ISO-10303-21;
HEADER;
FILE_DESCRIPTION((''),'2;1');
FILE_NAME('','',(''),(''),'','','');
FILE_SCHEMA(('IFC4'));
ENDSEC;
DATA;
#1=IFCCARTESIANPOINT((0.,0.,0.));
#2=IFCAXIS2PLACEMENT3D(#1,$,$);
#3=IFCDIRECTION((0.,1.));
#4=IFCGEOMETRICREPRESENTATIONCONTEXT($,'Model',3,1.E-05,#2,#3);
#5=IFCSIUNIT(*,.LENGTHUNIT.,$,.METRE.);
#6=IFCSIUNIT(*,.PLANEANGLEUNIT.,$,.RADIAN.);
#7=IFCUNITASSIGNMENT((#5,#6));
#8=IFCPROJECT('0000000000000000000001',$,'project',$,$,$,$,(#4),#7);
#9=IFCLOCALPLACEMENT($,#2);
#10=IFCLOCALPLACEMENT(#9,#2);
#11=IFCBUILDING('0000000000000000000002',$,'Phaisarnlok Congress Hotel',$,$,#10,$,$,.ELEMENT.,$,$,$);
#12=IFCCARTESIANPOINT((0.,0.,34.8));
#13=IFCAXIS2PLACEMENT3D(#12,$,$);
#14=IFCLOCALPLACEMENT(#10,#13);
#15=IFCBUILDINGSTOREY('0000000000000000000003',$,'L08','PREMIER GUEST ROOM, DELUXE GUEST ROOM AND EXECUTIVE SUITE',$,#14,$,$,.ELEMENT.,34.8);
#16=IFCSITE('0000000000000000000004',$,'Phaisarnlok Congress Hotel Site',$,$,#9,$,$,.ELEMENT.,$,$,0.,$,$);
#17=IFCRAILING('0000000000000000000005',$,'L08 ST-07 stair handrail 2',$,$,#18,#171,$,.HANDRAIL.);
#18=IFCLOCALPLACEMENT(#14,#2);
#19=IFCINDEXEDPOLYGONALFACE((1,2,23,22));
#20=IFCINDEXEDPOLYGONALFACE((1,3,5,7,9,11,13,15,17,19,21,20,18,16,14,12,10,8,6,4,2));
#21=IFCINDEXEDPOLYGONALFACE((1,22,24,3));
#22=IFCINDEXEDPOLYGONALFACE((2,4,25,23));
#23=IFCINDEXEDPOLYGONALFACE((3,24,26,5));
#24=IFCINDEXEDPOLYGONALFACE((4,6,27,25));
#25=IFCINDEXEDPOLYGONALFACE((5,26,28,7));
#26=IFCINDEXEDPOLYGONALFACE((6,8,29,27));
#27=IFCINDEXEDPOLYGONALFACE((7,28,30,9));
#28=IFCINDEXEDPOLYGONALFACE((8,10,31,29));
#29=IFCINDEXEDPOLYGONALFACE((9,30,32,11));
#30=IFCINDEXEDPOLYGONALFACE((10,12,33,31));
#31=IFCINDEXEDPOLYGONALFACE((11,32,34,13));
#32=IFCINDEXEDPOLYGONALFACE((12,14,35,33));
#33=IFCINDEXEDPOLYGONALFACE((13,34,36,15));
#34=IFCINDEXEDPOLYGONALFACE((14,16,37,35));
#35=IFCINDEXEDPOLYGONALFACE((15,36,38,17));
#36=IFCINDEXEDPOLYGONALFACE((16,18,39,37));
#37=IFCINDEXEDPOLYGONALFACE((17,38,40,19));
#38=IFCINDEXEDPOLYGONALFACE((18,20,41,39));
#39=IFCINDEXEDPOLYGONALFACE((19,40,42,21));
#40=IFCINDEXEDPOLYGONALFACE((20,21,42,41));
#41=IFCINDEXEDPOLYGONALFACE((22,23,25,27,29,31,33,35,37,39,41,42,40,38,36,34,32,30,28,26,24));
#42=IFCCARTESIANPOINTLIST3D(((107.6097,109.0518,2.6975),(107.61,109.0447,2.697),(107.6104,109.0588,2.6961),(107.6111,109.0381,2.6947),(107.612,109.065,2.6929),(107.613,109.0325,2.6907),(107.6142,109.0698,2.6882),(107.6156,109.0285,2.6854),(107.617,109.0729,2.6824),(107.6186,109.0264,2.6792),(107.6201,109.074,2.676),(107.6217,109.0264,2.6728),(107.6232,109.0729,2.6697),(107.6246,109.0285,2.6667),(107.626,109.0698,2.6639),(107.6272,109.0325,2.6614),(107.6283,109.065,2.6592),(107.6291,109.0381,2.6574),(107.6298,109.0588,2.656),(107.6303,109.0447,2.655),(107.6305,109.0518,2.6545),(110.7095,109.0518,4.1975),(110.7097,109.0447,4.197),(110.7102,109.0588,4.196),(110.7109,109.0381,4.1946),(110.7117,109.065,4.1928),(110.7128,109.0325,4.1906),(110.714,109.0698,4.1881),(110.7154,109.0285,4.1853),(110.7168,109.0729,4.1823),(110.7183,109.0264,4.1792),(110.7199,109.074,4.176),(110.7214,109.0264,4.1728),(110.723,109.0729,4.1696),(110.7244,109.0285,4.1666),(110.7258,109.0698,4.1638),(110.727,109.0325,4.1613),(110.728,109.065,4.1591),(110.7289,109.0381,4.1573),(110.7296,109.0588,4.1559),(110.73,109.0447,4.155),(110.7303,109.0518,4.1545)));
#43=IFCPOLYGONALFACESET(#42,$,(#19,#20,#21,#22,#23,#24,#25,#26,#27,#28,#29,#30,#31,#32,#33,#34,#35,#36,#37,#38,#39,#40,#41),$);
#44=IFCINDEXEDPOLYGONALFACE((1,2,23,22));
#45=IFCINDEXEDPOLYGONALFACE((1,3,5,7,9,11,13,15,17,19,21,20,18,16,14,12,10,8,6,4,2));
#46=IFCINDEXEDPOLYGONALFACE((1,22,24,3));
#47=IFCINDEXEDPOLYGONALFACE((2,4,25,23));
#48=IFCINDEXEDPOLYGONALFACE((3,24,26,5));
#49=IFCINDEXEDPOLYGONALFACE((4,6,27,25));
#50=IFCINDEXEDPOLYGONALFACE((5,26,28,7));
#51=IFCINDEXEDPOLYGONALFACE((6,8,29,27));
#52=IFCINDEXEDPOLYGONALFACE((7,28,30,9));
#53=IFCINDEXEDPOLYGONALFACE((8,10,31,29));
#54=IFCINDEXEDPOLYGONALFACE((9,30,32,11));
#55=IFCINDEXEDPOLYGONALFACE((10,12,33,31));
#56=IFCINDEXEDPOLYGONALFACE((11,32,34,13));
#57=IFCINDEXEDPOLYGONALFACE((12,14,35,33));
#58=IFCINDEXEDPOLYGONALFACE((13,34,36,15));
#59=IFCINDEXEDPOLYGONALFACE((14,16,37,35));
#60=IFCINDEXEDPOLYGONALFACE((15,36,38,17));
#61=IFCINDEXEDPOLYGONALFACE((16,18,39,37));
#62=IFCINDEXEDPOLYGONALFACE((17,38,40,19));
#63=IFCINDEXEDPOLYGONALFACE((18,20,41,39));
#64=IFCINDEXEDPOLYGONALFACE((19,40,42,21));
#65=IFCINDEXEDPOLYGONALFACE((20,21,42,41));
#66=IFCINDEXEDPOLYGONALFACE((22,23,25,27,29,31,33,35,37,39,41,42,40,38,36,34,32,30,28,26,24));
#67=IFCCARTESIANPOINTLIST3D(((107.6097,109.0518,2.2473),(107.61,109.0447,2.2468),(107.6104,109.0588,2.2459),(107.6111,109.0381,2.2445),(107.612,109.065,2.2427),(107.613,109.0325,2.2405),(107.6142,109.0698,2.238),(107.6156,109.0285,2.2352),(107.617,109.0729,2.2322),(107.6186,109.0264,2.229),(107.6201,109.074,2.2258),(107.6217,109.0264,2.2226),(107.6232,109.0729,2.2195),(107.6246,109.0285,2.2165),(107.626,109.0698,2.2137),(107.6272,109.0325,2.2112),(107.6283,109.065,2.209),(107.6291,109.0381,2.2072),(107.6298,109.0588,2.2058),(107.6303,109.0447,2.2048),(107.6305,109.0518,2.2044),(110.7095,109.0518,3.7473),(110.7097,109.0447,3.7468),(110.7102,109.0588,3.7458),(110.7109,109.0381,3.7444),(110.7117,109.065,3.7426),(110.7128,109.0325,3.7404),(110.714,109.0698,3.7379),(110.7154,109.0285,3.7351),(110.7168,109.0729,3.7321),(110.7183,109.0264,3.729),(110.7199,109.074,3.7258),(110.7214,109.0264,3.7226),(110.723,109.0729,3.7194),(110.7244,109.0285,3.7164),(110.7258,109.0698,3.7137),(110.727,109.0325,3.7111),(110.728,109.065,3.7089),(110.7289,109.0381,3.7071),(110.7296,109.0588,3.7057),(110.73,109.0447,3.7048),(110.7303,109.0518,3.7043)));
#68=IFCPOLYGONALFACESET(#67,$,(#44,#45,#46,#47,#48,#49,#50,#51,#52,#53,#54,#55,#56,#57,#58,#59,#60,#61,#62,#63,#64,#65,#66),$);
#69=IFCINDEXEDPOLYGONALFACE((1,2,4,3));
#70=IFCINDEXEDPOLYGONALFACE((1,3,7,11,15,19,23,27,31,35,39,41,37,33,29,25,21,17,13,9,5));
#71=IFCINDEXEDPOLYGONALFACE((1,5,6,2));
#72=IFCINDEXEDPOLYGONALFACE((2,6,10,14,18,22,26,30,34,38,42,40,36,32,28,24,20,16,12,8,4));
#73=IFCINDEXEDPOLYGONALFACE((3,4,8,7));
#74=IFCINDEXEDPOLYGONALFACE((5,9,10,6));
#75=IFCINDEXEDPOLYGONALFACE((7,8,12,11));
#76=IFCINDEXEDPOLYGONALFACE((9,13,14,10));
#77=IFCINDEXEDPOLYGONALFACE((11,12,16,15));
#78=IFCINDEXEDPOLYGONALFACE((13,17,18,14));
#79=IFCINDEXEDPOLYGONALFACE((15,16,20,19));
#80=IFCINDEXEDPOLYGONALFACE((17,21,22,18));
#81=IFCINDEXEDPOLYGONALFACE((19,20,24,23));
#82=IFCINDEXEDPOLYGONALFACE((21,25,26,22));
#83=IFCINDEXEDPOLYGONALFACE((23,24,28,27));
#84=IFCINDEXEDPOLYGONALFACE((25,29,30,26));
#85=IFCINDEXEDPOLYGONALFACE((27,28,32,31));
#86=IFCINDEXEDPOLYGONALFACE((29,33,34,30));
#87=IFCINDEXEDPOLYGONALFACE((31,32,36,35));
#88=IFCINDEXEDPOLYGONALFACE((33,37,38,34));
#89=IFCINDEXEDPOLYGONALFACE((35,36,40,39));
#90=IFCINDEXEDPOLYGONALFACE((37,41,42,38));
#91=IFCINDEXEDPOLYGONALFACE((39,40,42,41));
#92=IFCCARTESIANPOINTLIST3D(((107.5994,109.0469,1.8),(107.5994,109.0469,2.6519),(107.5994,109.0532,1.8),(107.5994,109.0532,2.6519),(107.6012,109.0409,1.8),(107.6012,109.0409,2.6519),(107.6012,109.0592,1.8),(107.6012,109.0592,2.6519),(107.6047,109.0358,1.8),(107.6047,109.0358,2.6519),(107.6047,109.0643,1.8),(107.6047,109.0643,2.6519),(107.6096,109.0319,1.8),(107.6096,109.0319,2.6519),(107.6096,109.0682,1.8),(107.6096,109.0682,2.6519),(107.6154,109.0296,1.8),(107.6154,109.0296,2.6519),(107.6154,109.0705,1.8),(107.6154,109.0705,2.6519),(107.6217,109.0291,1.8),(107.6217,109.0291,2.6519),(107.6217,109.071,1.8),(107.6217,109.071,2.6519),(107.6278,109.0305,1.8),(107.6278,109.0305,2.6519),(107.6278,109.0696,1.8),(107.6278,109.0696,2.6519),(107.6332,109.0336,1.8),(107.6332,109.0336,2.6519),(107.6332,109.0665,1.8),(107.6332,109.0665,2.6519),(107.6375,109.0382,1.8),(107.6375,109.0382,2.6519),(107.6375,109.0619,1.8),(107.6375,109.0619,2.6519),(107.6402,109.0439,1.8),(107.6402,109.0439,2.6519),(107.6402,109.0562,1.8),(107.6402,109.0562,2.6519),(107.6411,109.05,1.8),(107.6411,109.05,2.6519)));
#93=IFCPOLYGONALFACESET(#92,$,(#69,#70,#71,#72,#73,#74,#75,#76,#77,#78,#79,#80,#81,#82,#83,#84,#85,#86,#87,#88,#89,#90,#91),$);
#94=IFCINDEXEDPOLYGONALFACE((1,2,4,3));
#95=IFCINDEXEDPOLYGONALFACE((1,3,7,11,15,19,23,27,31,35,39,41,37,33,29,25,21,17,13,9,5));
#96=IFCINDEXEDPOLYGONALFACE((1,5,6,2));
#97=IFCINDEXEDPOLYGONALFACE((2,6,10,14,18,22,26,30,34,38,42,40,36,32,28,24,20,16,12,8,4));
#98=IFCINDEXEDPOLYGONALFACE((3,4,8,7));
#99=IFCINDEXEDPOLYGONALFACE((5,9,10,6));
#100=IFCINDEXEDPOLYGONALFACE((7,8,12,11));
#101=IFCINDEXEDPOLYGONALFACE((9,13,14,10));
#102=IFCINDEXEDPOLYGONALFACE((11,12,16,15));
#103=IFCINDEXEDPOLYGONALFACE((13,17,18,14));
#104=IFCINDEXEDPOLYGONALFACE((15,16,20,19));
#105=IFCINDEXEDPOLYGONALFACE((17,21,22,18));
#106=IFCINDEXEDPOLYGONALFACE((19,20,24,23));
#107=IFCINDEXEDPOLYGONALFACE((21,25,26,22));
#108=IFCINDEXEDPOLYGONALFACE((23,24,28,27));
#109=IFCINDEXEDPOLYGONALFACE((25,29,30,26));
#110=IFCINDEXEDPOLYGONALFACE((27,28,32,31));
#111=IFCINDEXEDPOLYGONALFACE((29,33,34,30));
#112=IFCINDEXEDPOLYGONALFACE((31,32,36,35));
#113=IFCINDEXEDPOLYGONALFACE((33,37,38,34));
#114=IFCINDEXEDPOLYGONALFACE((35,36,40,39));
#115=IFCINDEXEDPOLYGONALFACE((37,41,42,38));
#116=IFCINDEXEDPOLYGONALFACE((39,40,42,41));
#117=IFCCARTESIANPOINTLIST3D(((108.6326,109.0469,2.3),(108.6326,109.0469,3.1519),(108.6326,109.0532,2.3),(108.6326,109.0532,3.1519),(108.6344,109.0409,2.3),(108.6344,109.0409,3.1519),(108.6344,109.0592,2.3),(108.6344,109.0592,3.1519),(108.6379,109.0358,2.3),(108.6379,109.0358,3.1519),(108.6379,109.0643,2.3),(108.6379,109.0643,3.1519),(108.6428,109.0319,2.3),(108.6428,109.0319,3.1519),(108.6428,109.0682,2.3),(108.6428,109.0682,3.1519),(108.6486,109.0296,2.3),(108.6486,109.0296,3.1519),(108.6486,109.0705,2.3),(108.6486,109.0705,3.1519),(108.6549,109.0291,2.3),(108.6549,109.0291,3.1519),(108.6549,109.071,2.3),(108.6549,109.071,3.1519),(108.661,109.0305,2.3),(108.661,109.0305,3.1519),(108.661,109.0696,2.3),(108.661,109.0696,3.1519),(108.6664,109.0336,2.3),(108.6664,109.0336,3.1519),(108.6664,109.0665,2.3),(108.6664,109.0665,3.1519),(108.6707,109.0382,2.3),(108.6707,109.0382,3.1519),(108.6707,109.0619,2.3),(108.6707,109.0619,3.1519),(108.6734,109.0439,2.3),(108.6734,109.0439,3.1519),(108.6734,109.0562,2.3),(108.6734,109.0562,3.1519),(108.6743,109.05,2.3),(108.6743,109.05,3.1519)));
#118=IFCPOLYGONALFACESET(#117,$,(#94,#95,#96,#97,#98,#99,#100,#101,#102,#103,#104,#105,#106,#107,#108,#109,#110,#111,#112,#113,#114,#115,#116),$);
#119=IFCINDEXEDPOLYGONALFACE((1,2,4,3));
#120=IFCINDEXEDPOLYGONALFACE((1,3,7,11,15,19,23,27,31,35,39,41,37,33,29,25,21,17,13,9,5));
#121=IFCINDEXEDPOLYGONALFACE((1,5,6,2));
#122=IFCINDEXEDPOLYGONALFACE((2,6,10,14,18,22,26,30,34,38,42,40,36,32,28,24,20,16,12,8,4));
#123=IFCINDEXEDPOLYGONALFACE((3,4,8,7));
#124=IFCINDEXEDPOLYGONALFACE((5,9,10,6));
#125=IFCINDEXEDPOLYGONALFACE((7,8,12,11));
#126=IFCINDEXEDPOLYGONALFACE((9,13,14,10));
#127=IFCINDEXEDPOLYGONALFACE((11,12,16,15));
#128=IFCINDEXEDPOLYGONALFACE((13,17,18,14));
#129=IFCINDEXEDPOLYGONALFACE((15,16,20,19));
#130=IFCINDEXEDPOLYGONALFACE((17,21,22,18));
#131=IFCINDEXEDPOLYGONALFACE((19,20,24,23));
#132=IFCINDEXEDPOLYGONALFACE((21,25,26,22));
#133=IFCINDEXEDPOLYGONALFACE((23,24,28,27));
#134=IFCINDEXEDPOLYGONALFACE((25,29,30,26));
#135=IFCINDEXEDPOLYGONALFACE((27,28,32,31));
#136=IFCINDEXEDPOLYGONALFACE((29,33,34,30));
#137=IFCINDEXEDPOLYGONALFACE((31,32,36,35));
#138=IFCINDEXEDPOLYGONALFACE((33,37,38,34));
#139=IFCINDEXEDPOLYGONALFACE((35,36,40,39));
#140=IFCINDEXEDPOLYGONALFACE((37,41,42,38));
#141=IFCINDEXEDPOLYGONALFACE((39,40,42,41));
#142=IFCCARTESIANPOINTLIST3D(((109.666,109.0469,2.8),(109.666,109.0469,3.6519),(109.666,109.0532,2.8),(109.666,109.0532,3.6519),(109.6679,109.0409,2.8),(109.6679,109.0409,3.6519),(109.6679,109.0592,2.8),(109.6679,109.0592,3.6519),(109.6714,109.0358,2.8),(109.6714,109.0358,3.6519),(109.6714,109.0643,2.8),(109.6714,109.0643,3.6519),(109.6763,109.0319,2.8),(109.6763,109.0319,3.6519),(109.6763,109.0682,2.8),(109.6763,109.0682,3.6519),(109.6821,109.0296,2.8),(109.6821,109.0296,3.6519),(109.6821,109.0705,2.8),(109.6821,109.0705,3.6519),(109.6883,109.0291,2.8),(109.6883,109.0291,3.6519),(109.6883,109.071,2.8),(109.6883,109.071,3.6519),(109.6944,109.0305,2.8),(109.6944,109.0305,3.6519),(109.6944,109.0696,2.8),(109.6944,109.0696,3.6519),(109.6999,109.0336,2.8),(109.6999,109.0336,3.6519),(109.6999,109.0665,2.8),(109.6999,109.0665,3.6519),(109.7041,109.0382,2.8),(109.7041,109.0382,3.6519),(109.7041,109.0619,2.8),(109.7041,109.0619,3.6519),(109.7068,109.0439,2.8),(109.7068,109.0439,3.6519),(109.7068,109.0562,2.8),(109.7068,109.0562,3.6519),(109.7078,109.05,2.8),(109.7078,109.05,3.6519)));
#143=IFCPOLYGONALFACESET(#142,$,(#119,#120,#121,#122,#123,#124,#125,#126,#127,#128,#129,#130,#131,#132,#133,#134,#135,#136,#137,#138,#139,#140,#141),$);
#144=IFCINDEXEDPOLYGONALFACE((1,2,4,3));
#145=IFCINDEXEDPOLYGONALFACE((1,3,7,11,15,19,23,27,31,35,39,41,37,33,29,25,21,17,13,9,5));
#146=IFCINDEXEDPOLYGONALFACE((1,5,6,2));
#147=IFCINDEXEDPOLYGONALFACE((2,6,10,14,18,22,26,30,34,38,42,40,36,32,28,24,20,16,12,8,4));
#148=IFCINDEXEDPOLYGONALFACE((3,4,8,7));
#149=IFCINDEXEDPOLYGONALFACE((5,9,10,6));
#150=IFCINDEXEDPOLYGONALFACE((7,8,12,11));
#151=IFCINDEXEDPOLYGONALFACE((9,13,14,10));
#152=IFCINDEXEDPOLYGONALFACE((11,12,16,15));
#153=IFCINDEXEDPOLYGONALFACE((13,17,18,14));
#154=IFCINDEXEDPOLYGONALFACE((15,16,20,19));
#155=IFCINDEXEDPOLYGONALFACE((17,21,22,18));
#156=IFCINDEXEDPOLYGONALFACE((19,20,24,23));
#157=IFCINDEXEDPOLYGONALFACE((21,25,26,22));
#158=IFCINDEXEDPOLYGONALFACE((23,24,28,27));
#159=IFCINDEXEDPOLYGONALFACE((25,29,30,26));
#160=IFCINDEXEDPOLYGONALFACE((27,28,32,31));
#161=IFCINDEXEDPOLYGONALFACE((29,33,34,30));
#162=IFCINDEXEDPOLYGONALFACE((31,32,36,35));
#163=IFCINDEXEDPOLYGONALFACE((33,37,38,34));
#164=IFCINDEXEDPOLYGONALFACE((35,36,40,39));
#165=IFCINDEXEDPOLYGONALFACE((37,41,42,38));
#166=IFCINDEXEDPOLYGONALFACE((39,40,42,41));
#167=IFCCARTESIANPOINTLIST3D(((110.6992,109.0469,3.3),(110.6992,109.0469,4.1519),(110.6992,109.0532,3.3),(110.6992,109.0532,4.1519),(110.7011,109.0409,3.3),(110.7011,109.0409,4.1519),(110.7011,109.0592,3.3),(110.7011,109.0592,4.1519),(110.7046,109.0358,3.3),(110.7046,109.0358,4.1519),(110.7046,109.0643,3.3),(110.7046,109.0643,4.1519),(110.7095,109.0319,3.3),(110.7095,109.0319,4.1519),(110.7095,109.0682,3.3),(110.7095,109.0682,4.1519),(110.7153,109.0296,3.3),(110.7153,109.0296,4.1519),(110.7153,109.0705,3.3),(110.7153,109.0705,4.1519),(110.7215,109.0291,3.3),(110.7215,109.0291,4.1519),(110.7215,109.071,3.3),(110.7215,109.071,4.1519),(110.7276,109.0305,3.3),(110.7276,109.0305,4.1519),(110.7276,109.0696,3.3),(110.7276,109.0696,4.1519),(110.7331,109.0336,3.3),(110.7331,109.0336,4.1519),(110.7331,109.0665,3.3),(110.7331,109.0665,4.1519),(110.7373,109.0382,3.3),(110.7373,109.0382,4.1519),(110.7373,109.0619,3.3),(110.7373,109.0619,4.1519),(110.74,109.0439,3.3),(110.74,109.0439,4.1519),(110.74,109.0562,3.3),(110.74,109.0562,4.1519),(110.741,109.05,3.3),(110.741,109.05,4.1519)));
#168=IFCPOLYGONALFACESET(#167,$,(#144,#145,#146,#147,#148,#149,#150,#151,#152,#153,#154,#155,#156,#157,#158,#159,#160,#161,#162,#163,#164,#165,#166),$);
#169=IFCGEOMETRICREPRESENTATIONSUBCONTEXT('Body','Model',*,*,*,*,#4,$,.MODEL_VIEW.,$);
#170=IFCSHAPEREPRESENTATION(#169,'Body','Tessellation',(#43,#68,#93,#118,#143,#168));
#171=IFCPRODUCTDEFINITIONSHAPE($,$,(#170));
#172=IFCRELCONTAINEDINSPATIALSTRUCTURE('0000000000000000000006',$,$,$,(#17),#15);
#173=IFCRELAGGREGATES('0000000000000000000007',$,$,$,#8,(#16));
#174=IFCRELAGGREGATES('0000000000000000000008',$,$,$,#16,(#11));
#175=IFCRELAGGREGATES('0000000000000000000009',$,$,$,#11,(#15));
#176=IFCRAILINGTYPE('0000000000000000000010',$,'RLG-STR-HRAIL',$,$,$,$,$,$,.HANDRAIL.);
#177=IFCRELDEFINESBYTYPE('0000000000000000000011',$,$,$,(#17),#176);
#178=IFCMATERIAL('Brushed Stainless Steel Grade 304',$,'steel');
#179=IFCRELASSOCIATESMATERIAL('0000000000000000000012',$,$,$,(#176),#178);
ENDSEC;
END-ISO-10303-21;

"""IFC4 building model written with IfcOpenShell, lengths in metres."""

from ifc_helpers import new_model, si_unit, direction, frame, origin, origin_2d, place, context, subcontext, project, spatial, circle, extrude, material, type_object, element, save


model = new_model("IFC4")

# Units and contexts
model_context = context("Model", 3, precision=1e-05, world=origin(), true_north=direction((0.0, 1.0)))
body_context = subcontext(model_context, "Body", "Model", "MODEL_VIEW")
ifc_project = project(units=[si_unit("LENGTHUNIT", "METRE"), si_unit("PLANEANGLEUNIT", "RADIAN")], contexts=[model_context])

# Site, building, storey
site_placement = place(None, origin())
site = spatial("IfcSite", under=ifc_project, at=site_placement, Name="Phaisarnlok Congress Hotel Site", CompositionType="ELEMENT", RefElevation=0.0)
building_placement = place(site_placement, origin())
building = spatial("IfcBuilding", under=site, at=building_placement, Name="Phaisarnlok Congress Hotel", CompositionType="ELEMENT")
storey_placement = place(building_placement, frame((0.0, 0.0, 34.8)))
storey = spatial("IfcBuildingStorey", under=building, at=storey_placement, Name="L08", Description="PREMIER GUEST ROOM, DELUXE GUEST ROOM AND EXECUTIVE SUITE", CompositionType="ELEMENT", Elevation=34.8)

# Railing
ifc_material_1 = material(Name="Brushed Stainless Steel Grade 304", Category="steel")
railing_type = type_object("IfcRailingType", Name="RLG-STR-HRAIL", PredefinedType="HANDRAIL", material=ifc_material_1)
railing_placement = place(storey_placement, frame((107.6201, 109.05, 1.8)))
element("IfcRailing", 1, at=railing_placement, inside=storey, type_object=railing_type, Name="L08 ST-07 stair handrail 2", PredefinedType="HANDRAIL", context=body_context, shape_type="SweptSolid", body=[
    extrude(circle(Radius=0.0239, at=origin_2d()), frame((0.0, 0.0, 0.876), z_axis=(0.900151, 0.0, 0.435578), x_axis=(0.0, 1.0, 0.0)), (0.0, 0.0, 1.0), 3.4436),
    extrude(circle(Radius=0.0239, at=origin_2d()), frame((0.0, 0.0, 0.4258), z_axis=(0.900151, 0.0, 0.435578), x_axis=(0.0, 1.0, 0.0)), (0.0, 0.0, 1.0), 3.4436),
    extrude(circle(Radius=0.021, at=origin_2d()), origin(), (0.0, 0.0, 1.0), 0.8518),
    extrude(circle(Radius=0.021, at=origin_2d()), frame((1.0332, 0.0, 0.5)), (0.0, 0.0, 1.0), 0.8518),
    extrude(circle(Radius=0.021, at=origin_2d()), frame((2.0667, 0.0, 1.0)), (0.0, 0.0, 1.0), 0.8518),
    extrude(circle(Radius=0.021, at=origin_2d()), frame((3.0999, 0.0, 1.5)), (0.0, 0.0, 1.0), 0.8518),
])

save(model, "model.ifc")
